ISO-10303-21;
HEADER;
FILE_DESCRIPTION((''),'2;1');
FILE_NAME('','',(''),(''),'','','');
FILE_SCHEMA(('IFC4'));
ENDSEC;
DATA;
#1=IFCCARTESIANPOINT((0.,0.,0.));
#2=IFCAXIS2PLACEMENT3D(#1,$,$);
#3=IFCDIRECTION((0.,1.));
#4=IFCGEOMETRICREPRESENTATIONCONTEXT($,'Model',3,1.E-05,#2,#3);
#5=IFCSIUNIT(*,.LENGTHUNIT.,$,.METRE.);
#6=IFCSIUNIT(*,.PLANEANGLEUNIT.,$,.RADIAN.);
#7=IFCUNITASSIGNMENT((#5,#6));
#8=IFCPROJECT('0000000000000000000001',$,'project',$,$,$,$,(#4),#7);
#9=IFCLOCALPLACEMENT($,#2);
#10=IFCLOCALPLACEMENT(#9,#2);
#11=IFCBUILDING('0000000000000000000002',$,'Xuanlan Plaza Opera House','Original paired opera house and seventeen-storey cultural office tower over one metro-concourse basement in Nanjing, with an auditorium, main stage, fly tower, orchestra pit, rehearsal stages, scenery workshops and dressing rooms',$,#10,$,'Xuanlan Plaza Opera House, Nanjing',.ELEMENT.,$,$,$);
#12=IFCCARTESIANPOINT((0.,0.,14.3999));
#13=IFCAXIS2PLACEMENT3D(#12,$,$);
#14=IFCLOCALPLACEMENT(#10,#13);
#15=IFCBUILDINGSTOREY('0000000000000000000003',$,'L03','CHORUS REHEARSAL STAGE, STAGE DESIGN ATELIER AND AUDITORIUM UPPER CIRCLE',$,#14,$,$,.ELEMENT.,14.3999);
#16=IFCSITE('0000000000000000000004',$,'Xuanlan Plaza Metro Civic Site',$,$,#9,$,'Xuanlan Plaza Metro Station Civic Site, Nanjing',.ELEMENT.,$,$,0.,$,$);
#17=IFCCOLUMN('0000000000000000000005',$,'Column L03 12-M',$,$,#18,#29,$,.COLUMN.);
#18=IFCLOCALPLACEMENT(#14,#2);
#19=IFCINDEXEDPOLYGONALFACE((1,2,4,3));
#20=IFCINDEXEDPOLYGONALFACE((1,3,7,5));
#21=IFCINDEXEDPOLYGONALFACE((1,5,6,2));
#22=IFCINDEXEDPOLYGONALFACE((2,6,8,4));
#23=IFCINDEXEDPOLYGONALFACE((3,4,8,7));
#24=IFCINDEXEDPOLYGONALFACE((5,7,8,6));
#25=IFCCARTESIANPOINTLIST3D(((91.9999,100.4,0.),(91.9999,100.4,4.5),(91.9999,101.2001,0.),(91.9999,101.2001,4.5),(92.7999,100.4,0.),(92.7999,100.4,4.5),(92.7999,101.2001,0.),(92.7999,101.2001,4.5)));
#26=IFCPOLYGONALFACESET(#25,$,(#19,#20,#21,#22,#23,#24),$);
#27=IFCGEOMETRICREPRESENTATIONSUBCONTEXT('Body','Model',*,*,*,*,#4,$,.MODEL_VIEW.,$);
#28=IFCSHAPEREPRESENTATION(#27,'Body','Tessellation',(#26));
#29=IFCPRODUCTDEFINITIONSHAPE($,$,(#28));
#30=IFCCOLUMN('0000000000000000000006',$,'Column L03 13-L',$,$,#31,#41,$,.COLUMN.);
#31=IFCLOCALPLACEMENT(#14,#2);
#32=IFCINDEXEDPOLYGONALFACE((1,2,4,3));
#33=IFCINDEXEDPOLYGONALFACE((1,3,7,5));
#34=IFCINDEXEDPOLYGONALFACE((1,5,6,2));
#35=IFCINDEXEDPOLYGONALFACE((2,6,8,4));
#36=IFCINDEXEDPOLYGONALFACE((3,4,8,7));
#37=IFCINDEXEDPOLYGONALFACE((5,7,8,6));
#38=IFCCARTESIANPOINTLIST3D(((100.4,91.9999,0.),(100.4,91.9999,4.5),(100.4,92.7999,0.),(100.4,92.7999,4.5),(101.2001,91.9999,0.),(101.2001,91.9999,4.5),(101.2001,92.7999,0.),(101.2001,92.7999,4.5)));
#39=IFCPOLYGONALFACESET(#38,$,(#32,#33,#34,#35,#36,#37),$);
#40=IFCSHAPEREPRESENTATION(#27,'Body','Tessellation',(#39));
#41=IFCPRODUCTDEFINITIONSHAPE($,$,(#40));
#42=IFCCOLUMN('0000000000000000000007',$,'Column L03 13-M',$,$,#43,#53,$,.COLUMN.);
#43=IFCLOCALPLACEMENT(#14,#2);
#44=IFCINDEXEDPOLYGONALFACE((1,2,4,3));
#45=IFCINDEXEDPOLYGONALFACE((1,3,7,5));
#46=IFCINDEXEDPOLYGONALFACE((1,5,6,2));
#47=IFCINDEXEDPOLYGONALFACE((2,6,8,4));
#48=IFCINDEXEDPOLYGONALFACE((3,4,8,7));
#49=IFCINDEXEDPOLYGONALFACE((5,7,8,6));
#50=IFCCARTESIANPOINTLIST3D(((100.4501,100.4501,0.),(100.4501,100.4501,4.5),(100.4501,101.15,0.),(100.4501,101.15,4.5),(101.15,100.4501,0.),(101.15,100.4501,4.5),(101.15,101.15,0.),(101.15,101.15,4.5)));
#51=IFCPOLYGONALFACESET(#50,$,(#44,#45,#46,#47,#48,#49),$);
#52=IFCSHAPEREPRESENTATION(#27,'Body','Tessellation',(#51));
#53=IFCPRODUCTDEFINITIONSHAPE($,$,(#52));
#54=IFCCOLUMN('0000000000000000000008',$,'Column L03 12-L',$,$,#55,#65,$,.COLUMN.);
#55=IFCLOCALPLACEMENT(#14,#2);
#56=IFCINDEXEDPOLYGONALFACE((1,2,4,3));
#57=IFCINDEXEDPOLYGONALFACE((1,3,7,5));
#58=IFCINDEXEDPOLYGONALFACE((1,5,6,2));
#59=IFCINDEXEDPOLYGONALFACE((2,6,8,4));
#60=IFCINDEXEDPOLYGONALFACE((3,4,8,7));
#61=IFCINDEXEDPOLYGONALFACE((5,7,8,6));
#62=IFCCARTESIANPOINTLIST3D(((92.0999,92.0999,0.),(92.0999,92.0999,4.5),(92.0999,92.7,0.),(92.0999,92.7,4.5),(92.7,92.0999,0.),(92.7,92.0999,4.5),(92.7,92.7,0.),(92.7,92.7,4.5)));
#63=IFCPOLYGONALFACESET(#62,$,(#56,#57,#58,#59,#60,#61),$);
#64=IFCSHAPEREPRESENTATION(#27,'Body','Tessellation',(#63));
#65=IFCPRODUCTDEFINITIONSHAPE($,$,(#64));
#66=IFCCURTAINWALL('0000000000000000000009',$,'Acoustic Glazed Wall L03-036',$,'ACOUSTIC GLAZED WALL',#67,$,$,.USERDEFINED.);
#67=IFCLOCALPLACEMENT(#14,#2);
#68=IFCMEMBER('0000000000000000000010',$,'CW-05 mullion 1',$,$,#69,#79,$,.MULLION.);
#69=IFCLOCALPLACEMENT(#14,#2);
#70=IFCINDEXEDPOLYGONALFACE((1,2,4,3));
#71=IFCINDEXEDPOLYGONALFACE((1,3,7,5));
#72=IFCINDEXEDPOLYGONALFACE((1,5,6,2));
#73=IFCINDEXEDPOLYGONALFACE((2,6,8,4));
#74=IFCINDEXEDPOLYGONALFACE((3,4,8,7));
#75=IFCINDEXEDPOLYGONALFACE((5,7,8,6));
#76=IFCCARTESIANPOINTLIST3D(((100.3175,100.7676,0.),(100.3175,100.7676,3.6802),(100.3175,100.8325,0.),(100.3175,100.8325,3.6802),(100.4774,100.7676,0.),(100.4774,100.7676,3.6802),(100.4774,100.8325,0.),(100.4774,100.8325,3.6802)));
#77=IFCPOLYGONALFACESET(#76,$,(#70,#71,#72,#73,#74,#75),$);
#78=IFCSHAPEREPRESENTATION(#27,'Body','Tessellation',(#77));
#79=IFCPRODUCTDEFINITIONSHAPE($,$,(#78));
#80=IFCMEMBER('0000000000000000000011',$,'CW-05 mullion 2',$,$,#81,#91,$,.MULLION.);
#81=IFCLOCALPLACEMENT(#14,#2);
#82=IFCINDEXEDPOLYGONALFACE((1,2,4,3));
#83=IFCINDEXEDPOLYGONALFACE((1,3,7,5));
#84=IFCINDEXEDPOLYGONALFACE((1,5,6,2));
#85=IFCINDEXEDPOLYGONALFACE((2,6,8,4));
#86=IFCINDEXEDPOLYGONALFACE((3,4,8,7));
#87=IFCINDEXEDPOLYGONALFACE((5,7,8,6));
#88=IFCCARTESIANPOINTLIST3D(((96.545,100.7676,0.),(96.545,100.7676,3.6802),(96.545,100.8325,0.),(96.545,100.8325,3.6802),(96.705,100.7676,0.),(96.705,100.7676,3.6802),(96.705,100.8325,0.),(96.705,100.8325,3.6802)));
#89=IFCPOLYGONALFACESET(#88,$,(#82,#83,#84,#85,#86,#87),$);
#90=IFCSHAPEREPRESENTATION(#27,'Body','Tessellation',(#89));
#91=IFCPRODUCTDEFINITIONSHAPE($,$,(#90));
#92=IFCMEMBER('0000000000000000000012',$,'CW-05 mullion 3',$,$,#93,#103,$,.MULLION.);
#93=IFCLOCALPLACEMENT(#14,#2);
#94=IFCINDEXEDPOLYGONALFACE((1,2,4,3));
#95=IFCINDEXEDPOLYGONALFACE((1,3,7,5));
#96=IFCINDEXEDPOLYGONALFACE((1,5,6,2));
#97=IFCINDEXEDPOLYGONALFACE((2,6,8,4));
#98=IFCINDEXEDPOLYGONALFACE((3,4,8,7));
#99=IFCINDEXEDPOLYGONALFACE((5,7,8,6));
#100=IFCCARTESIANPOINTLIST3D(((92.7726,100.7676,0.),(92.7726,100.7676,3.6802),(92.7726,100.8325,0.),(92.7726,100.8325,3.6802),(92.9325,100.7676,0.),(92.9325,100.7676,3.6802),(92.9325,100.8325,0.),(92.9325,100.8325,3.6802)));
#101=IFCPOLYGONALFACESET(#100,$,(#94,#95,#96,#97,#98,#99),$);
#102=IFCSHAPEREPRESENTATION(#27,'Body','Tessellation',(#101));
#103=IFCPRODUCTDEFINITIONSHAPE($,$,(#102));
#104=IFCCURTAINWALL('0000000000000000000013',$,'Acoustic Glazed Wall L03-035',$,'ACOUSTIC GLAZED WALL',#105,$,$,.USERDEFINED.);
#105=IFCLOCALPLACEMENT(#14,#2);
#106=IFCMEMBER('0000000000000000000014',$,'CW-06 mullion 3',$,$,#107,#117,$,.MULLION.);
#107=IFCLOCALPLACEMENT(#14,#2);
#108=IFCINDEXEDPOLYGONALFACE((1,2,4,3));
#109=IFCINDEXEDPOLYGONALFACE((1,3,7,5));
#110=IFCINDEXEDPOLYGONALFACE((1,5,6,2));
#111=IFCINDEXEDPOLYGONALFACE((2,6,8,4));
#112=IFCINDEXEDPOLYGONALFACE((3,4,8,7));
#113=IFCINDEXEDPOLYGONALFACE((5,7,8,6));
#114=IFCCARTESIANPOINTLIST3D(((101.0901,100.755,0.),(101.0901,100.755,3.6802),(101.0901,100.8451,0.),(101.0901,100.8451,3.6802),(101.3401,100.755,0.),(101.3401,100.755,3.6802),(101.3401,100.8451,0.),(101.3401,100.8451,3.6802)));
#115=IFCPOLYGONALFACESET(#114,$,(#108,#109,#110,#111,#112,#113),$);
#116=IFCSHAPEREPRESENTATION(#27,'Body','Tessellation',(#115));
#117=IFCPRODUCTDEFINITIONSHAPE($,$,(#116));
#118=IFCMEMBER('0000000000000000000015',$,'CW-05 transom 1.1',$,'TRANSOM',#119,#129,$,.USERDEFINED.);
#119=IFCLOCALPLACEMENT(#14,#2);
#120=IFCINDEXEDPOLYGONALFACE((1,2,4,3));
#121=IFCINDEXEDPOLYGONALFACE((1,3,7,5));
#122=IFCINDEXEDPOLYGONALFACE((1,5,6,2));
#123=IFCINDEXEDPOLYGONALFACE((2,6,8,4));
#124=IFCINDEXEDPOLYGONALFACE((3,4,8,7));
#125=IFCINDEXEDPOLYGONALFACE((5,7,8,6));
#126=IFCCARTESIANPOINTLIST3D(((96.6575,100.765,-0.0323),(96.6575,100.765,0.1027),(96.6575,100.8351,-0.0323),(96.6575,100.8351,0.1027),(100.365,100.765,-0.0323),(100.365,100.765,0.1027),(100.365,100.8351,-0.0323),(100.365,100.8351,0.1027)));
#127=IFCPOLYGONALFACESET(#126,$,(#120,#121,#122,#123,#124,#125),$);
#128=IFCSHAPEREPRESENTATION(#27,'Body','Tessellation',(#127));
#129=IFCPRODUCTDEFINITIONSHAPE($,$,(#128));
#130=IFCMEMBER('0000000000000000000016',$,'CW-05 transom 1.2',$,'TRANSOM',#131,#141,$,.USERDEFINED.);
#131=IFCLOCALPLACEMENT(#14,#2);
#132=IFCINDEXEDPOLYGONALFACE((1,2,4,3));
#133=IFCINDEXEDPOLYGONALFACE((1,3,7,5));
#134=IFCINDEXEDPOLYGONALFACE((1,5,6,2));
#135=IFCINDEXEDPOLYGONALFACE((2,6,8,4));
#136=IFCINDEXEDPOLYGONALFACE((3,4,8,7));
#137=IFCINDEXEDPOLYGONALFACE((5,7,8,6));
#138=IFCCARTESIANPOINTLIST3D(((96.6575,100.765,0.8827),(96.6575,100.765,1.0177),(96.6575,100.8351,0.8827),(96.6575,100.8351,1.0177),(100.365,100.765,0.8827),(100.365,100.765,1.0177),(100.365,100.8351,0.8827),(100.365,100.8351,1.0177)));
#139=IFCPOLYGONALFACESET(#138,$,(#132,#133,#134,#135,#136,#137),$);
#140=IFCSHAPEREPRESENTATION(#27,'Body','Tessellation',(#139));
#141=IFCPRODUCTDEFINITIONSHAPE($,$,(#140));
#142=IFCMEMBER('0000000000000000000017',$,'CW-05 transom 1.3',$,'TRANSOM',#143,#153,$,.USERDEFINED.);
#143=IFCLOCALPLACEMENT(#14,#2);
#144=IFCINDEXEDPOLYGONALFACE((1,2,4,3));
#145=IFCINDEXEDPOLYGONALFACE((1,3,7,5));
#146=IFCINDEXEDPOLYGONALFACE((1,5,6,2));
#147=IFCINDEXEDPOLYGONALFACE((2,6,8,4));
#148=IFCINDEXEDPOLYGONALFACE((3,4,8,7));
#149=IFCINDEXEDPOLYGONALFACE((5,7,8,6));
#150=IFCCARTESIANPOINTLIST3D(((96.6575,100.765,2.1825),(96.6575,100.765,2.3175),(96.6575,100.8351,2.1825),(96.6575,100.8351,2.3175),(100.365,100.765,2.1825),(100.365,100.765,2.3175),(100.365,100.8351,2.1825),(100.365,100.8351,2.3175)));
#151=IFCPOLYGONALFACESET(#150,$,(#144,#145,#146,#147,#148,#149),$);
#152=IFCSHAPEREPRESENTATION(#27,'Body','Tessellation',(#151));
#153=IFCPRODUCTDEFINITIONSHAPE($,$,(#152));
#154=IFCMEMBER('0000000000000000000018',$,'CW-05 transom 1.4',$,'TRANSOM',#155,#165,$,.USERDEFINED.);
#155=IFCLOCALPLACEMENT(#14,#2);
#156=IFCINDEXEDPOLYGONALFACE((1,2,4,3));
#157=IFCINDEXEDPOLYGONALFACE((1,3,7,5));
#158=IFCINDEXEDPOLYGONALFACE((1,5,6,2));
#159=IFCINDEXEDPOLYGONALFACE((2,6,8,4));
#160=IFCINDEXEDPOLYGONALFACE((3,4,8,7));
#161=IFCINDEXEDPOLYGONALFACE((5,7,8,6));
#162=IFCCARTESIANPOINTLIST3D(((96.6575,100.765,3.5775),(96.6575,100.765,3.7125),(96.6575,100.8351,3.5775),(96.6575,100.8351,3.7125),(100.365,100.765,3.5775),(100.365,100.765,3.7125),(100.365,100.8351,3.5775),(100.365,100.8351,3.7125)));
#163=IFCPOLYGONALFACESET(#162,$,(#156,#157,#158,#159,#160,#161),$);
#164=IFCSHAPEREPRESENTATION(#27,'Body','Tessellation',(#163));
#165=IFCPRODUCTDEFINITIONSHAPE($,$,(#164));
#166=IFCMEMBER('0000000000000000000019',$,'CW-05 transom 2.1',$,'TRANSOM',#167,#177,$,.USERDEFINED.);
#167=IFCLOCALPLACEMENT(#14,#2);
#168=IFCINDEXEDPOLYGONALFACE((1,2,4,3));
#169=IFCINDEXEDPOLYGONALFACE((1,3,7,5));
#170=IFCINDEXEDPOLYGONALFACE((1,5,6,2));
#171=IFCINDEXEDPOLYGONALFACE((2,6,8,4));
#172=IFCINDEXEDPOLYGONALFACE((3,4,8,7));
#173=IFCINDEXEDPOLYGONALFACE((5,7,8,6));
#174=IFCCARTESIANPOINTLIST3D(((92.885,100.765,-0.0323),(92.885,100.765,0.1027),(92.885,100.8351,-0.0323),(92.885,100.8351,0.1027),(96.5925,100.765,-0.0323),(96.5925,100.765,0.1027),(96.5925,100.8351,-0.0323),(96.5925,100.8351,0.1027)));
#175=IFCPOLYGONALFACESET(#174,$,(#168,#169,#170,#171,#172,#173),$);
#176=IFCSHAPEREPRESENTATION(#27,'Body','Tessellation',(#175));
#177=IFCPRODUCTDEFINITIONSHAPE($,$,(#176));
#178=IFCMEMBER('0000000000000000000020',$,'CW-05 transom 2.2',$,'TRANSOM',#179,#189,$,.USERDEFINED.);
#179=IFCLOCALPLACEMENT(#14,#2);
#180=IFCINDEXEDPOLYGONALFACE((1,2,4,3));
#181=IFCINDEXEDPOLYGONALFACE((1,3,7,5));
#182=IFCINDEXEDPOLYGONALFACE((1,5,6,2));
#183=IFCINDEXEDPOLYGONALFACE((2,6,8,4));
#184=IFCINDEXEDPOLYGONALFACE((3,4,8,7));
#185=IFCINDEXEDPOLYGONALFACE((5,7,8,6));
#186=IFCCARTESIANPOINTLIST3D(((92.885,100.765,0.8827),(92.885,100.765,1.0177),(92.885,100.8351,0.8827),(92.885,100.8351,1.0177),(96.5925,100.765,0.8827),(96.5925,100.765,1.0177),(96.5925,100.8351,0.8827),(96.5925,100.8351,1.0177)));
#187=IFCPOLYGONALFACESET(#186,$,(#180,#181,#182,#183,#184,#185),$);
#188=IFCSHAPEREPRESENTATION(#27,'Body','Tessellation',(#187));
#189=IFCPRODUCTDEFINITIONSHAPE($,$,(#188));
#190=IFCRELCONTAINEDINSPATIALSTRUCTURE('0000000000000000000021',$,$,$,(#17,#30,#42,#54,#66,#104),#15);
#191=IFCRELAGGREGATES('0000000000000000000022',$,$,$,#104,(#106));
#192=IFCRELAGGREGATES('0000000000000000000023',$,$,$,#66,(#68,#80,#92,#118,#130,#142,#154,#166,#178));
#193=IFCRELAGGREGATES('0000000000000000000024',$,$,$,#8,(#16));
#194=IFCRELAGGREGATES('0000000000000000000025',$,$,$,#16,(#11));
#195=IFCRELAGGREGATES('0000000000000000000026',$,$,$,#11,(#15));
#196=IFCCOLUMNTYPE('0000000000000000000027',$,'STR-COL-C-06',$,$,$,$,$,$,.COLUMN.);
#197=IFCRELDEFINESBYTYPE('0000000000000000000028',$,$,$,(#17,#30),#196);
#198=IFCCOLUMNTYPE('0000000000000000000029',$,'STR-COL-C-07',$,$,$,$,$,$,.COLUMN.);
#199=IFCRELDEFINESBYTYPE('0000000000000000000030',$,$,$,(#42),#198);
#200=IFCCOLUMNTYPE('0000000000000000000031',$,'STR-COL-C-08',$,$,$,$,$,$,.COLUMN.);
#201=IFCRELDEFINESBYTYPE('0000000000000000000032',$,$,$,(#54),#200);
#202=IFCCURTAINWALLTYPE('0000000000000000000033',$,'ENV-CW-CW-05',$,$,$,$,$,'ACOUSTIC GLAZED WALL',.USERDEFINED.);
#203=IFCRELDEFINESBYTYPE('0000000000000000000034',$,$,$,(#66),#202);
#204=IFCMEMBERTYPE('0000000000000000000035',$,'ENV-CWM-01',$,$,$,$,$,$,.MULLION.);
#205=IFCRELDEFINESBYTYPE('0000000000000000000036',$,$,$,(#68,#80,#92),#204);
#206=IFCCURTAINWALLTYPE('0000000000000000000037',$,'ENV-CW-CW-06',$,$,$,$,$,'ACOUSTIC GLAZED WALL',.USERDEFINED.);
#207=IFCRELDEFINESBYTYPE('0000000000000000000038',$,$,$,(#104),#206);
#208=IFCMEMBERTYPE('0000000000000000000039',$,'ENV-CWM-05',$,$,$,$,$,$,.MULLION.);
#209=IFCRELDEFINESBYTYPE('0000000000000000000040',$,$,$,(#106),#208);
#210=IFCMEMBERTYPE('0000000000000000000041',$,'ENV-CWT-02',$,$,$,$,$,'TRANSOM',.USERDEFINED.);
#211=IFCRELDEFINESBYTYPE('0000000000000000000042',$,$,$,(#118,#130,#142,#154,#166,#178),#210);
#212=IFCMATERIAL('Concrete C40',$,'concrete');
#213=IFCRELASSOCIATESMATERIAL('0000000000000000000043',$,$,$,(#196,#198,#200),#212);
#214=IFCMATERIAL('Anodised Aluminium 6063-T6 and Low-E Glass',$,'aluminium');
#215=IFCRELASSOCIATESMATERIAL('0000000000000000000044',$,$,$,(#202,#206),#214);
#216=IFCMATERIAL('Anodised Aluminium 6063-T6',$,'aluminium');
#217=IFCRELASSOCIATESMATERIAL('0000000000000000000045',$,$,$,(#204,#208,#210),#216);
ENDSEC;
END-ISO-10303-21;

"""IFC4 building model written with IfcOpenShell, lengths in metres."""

from ifc_helpers import new_model, si_unit, direction, frame, origin, origin_2d, place, context, subcontext, project, spatial, rectangle, extrude, material, material_profile, profile_set, type_object, element, aggregate, save


model = new_model("IFC4")

# Units and contexts
model_context = context("Model", 3, precision=1e-05, world=origin(), true_north=direction((0.0, 1.0)))
body_context = subcontext(model_context, "Body", "Model", "MODEL_VIEW")
ifc_project = project(units=[si_unit("LENGTHUNIT", "METRE"), si_unit("PLANEANGLEUNIT", "RADIAN")], contexts=[model_context])

# Site, building, storey
site_placement = place(None, origin())
site = spatial("IfcSite", under=ifc_project, at=site_placement, Name="Xuanlan Plaza Metro Civic Site", LongName="Xuanlan Plaza Metro Station Civic Site, Nanjing", CompositionType="ELEMENT", RefElevation=0.0)
building_placement = place(site_placement, origin())
building = spatial("IfcBuilding", under=site, at=building_placement, Name="Xuanlan Plaza Opera House", Description="Original paired opera house and seventeen-storey cultural office tower over one metro-concourse basement in Nanjing, with an auditorium, main stage, fly tower, orchestra pit, rehearsal stages, scenery workshops and dressing rooms", LongName="Xuanlan Plaza Opera House, Nanjing", CompositionType="ELEMENT")
storey_placement = place(building_placement, frame((0.0, 0.0, 14.3999)))
storey = spatial("IfcBuildingStorey", under=building, at=storey_placement, Name="L03", Description="CHORUS REHEARSAL STAGE, STAGE DESIGN ATELIER AND AUDITORIUM UPPER CIRCLE", CompositionType="ELEMENT", Elevation=14.3999)

# Columns
ifc_material_1 = material(Name="Concrete C40", Category="concrete")
ifc_material_profile_1 = material_profile(ifc_material_1, rectangle(XDim=0.8, YDim=0.8, at=origin_2d()), Name="RC-COL 800x800")
ifc_profile_set_1 = profile_set([ifc_material_profile_1], Name="Concrete C40")
column_type_1 = type_object("IfcColumnType", Name="STR-COL-C-06", PredefinedType="COLUMN", material=ifc_profile_set_1)
for number, where, z_axis, x_axis, name in (
    (1, (92.3999, 100.8, 0.0), (0.0, 0.0, 1.0), (1.0, 0.0, 0.0), "Column L03 12-M"),
    (2, (100.8, 92.3999, 0.0), (0.0, 0.0, 1.0), (1.0, 0.0, 0.0), "Column L03 13-L"),
):
    element("IfcColumn", number, at=place(storey_placement, frame(where, z_axis=z_axis, x_axis=x_axis)), inside=storey, type_object=column_type_1, Name=name, PredefinedType="COLUMN", context=body_context, shape_type="SweptSolid", body=[
        extrude(rectangle(XDim=0.8, YDim=0.8, at=origin_2d()), origin(), (0.0, 0.0, 1.0), 4.5),
    ])
ifc_material_profile_2 = material_profile(ifc_material_1, rectangle(XDim=0.7, YDim=0.7, at=origin_2d()), Name="RC-COL 700x700")
ifc_profile_set_2 = profile_set([ifc_material_profile_2], Name="Concrete C40")
column_type_2 = type_object("IfcColumnType", Name="STR-COL-C-07", PredefinedType="COLUMN", material=ifc_profile_set_2)
column_1_placement = place(storey_placement, frame((100.8, 100.8, 0.0), z_axis=(0.0, 0.0, 1.0), x_axis=(1.0, 0.0, 0.0)))
element("IfcColumn", 3, at=column_1_placement, inside=storey, type_object=column_type_2, Name="Column L03 13-M", PredefinedType="COLUMN", context=body_context, shape_type="SweptSolid", body=[
    extrude(rectangle(XDim=0.7, YDim=0.7, at=origin_2d()), origin(), (0.0, 0.0, 1.0), 4.5),
])
ifc_material_profile_3 = material_profile(ifc_material_1, rectangle(XDim=0.6001, YDim=0.6001, at=origin_2d()), Name="RC-COL 600x600")
ifc_profile_set_3 = profile_set([ifc_material_profile_3], Name="Concrete C40")
column_type_3 = type_object("IfcColumnType", Name="STR-COL-C-08", PredefinedType="COLUMN", material=ifc_profile_set_3)
column_2_placement = place(storey_placement, frame((92.3999, 92.3999, 0.0), z_axis=(0.0, 0.0, 1.0), x_axis=(1.0, 0.0, 0.0)))
element("IfcColumn", 4, at=column_2_placement, inside=storey, type_object=column_type_3, Name="Column L03 12-L", PredefinedType="COLUMN", context=body_context, shape_type="SweptSolid", body=[
    extrude(rectangle(XDim=0.6001, YDim=0.6001, at=origin_2d()), origin(), (0.0, 0.0, 1.0), 4.5),
])

# Curtain wall, members
ifc_material_2 = material(Name="Anodised Aluminium 6063-T6 and Low-E Glass", Category="aluminium")
curtain_wall_type_1 = type_object("IfcCurtainWallType", Name="ENV-CW-CW-05", ElementType="ACOUSTIC GLAZED WALL", PredefinedType="USERDEFINED", material=ifc_material_2)
curtain_wall_1_placement = place(storey_placement, origin())
curtain_wall_1 = element("IfcCurtainWall", 5, at=curtain_wall_1_placement, inside=storey, type_object=curtain_wall_type_1, Name="Acoustic Glazed Wall L03-036", ObjectType="ACOUSTIC GLAZED WALL", PredefinedType="USERDEFINED")
ifc_material_3 = material(Name="Anodised Aluminium 6063-T6", Category="aluminium")
ifc_material_profile_4 = material_profile(ifc_material_3, rectangle(XDim=0.0649, YDim=0.1599, at=origin_2d()), Name="ALU-M 65x160")
ifc_profile_set_4 = profile_set([ifc_material_profile_4], Name="Anodised Aluminium 6063-T6")
member_type_1 = type_object("IfcMemberType", Name="ENV-CWM-01", PredefinedType="MULLION", material=ifc_profile_set_4)
member_1_placement = place(storey_placement, frame((100.3975, 100.8, 0.0), z_axis=(0.0, 0.0, 1.0), x_axis=(0.0, -1.0, 0.0)))
member_1 = element("IfcMember", 6, at=member_1_placement, type_object=member_type_1, Name="CW-05 mullion 1", PredefinedType="MULLION", context=body_context, shape_type="SweptSolid", body=[
    extrude(rectangle(XDim=0.0649, YDim=0.1599, at=origin_2d()), origin(), (0.0, 0.0, 1.0), 3.6802),
])
member_2_placement = place(storey_placement, frame((96.625, 100.8, 0.0), z_axis=(0.0, 0.0, 1.0), x_axis=(0.0, -1.0, 0.0)))
member_2 = element("IfcMember", 7, at=member_2_placement, type_object=member_type_1, Name="CW-05 mullion 2", PredefinedType="MULLION", context=body_context, shape_type="SweptSolid", body=[
    extrude(rectangle(XDim=0.0649, YDim=0.1599, at=origin_2d()), origin(), (0.0, 0.0, 1.0), 3.6802),
])
member_3_placement = place(storey_placement, frame((92.8525, 100.8, 0.0), z_axis=(0.0, 0.0, 1.0), x_axis=(0.0, -1.0, 0.0)))
member_3 = element("IfcMember", 8, at=member_3_placement, type_object=member_type_1, Name="CW-05 mullion 3", PredefinedType="MULLION", context=body_context, shape_type="SweptSolid", body=[
    extrude(rectangle(XDim=0.0649, YDim=0.1599, at=origin_2d()), origin(), (0.0, 0.0, 1.0), 3.6802),
])

# Curtain wall, member
curtain_wall_type_2 = type_object("IfcCurtainWallType", Name="ENV-CW-CW-06", ElementType="ACOUSTIC GLAZED WALL", PredefinedType="USERDEFINED", material=ifc_material_2)
curtain_wall_2_placement = place(storey_placement, origin())
curtain_wall_2 = element("IfcCurtainWall", 9, at=curtain_wall_2_placement, inside=storey, type_object=curtain_wall_type_2, Name="Acoustic Glazed Wall L03-035", ObjectType="ACOUSTIC GLAZED WALL", PredefinedType="USERDEFINED")
ifc_material_profile_5 = material_profile(ifc_material_3, rectangle(XDim=0.0901, YDim=0.25, at=origin_2d()), Name="ALU-M 90x250")
ifc_profile_set_5 = profile_set([ifc_material_profile_5], Name="Anodised Aluminium 6063-T6")
member_type_2 = type_object("IfcMemberType", Name="ENV-CWM-05", PredefinedType="MULLION", material=ifc_profile_set_5)
member_4_placement = place(storey_placement, frame((101.2151, 100.8, 0.0), z_axis=(0.0, 0.0, 1.0), x_axis=(0.0, -1.0, 0.0)))
member_4 = element("IfcMember", 10, at=member_4_placement, type_object=member_type_2, Name="CW-06 mullion 3", PredefinedType="MULLION", context=body_context, shape_type="SweptSolid", body=[
    extrude(rectangle(XDim=0.0901, YDim=0.25, at=origin_2d()), origin(), (0.0, 0.0, 1.0), 3.6802),
])
aggregate(curtain_wall_2, [member_4])

# Members
ifc_material_profile_6 = material_profile(ifc_material_3, rectangle(XDim=0.0701, YDim=0.135, at=origin_2d()), Name="ALU-T 70x135")
ifc_profile_set_6 = profile_set([ifc_material_profile_6], Name="Anodised Aluminium 6063-T6")
member_type_3 = type_object("IfcMemberType", Name="ENV-CWT-02", ElementType="TRANSOM", PredefinedType="USERDEFINED", material=ifc_profile_set_6)
member_5_placement = place(storey_placement, frame((100.365, 100.8, 0.0352), z_axis=(-1.0, 0.0, 0.0), x_axis=(0.0, -1.0, 0.0)))
member_5 = element("IfcMember", 11, at=member_5_placement, type_object=member_type_3, Name="CW-05 transom 1.1", ObjectType="TRANSOM", PredefinedType="USERDEFINED", context=body_context, shape_type="SweptSolid", body=[
    extrude(rectangle(XDim=0.0701, YDim=0.135, at=origin_2d()), origin(), (0.0, 0.0, 1.0), 3.7075),
])
member_6_placement = place(storey_placement, frame((100.365, 100.8, 0.9502), z_axis=(-1.0, 0.0, 0.0), x_axis=(0.0, -1.0, 0.0)))
member_6 = element("IfcMember", 12, at=member_6_placement, type_object=member_type_3, Name="CW-05 transom 1.2", ObjectType="TRANSOM", PredefinedType="USERDEFINED", context=body_context, shape_type="SweptSolid", body=[
    extrude(rectangle(XDim=0.0701, YDim=0.135, at=origin_2d()), origin(), (0.0, 0.0, 1.0), 3.7075),
])
member_7_placement = place(storey_placement, frame((100.365, 100.8, 2.25), z_axis=(-1.0, 0.0, 0.0), x_axis=(0.0, -1.0, 0.0)))
member_7 = element("IfcMember", 13, at=member_7_placement, type_object=member_type_3, Name="CW-05 transom 1.3", ObjectType="TRANSOM", PredefinedType="USERDEFINED", context=body_context, shape_type="SweptSolid", body=[
    extrude(rectangle(XDim=0.0701, YDim=0.135, at=origin_2d()), origin(), (0.0, 0.0, 1.0), 3.7075),
])
member_8_placement = place(storey_placement, frame((100.365, 100.8, 3.645), z_axis=(-1.0, 0.0, 0.0), x_axis=(0.0, -1.0, 0.0)))
member_8 = element("IfcMember", 14, at=member_8_placement, type_object=member_type_3, Name="CW-05 transom 1.4", ObjectType="TRANSOM", PredefinedType="USERDEFINED", context=body_context, shape_type="SweptSolid", body=[
    extrude(rectangle(XDim=0.0701, YDim=0.135, at=origin_2d()), origin(), (0.0, 0.0, 1.0), 3.7075),
])
member_9_placement = place(storey_placement, frame((96.5925, 100.8, 0.0352), z_axis=(-1.0, 0.0, 0.0), x_axis=(0.0, -1.0, 0.0)))
member_9 = element("IfcMember", 15, at=member_9_placement, type_object=member_type_3, Name="CW-05 transom 2.1", ObjectType="TRANSOM", PredefinedType="USERDEFINED", context=body_context, shape_type="SweptSolid", body=[
    extrude(rectangle(XDim=0.0701, YDim=0.135, at=origin_2d()), origin(), (0.0, 0.0, 1.0), 3.7075),
])
member_10_placement = place(storey_placement, frame((96.5925, 100.8, 0.9502), z_axis=(-1.0, 0.0, 0.0), x_axis=(0.0, -1.0, 0.0)))
member_10 = element("IfcMember", 16, at=member_10_placement, type_object=member_type_3, Name="CW-05 transom 2.2", ObjectType="TRANSOM", PredefinedType="USERDEFINED", context=body_context, shape_type="SweptSolid", body=[
    extrude(rectangle(XDim=0.0701, YDim=0.135, at=origin_2d()), origin(), (0.0, 0.0, 1.0), 3.7075),
])

aggregate(curtain_wall_1, [member_1, member_2, member_3, member_5, member_6, member_7, member_8, member_9, member_10])

save(model, "model.ifc")
